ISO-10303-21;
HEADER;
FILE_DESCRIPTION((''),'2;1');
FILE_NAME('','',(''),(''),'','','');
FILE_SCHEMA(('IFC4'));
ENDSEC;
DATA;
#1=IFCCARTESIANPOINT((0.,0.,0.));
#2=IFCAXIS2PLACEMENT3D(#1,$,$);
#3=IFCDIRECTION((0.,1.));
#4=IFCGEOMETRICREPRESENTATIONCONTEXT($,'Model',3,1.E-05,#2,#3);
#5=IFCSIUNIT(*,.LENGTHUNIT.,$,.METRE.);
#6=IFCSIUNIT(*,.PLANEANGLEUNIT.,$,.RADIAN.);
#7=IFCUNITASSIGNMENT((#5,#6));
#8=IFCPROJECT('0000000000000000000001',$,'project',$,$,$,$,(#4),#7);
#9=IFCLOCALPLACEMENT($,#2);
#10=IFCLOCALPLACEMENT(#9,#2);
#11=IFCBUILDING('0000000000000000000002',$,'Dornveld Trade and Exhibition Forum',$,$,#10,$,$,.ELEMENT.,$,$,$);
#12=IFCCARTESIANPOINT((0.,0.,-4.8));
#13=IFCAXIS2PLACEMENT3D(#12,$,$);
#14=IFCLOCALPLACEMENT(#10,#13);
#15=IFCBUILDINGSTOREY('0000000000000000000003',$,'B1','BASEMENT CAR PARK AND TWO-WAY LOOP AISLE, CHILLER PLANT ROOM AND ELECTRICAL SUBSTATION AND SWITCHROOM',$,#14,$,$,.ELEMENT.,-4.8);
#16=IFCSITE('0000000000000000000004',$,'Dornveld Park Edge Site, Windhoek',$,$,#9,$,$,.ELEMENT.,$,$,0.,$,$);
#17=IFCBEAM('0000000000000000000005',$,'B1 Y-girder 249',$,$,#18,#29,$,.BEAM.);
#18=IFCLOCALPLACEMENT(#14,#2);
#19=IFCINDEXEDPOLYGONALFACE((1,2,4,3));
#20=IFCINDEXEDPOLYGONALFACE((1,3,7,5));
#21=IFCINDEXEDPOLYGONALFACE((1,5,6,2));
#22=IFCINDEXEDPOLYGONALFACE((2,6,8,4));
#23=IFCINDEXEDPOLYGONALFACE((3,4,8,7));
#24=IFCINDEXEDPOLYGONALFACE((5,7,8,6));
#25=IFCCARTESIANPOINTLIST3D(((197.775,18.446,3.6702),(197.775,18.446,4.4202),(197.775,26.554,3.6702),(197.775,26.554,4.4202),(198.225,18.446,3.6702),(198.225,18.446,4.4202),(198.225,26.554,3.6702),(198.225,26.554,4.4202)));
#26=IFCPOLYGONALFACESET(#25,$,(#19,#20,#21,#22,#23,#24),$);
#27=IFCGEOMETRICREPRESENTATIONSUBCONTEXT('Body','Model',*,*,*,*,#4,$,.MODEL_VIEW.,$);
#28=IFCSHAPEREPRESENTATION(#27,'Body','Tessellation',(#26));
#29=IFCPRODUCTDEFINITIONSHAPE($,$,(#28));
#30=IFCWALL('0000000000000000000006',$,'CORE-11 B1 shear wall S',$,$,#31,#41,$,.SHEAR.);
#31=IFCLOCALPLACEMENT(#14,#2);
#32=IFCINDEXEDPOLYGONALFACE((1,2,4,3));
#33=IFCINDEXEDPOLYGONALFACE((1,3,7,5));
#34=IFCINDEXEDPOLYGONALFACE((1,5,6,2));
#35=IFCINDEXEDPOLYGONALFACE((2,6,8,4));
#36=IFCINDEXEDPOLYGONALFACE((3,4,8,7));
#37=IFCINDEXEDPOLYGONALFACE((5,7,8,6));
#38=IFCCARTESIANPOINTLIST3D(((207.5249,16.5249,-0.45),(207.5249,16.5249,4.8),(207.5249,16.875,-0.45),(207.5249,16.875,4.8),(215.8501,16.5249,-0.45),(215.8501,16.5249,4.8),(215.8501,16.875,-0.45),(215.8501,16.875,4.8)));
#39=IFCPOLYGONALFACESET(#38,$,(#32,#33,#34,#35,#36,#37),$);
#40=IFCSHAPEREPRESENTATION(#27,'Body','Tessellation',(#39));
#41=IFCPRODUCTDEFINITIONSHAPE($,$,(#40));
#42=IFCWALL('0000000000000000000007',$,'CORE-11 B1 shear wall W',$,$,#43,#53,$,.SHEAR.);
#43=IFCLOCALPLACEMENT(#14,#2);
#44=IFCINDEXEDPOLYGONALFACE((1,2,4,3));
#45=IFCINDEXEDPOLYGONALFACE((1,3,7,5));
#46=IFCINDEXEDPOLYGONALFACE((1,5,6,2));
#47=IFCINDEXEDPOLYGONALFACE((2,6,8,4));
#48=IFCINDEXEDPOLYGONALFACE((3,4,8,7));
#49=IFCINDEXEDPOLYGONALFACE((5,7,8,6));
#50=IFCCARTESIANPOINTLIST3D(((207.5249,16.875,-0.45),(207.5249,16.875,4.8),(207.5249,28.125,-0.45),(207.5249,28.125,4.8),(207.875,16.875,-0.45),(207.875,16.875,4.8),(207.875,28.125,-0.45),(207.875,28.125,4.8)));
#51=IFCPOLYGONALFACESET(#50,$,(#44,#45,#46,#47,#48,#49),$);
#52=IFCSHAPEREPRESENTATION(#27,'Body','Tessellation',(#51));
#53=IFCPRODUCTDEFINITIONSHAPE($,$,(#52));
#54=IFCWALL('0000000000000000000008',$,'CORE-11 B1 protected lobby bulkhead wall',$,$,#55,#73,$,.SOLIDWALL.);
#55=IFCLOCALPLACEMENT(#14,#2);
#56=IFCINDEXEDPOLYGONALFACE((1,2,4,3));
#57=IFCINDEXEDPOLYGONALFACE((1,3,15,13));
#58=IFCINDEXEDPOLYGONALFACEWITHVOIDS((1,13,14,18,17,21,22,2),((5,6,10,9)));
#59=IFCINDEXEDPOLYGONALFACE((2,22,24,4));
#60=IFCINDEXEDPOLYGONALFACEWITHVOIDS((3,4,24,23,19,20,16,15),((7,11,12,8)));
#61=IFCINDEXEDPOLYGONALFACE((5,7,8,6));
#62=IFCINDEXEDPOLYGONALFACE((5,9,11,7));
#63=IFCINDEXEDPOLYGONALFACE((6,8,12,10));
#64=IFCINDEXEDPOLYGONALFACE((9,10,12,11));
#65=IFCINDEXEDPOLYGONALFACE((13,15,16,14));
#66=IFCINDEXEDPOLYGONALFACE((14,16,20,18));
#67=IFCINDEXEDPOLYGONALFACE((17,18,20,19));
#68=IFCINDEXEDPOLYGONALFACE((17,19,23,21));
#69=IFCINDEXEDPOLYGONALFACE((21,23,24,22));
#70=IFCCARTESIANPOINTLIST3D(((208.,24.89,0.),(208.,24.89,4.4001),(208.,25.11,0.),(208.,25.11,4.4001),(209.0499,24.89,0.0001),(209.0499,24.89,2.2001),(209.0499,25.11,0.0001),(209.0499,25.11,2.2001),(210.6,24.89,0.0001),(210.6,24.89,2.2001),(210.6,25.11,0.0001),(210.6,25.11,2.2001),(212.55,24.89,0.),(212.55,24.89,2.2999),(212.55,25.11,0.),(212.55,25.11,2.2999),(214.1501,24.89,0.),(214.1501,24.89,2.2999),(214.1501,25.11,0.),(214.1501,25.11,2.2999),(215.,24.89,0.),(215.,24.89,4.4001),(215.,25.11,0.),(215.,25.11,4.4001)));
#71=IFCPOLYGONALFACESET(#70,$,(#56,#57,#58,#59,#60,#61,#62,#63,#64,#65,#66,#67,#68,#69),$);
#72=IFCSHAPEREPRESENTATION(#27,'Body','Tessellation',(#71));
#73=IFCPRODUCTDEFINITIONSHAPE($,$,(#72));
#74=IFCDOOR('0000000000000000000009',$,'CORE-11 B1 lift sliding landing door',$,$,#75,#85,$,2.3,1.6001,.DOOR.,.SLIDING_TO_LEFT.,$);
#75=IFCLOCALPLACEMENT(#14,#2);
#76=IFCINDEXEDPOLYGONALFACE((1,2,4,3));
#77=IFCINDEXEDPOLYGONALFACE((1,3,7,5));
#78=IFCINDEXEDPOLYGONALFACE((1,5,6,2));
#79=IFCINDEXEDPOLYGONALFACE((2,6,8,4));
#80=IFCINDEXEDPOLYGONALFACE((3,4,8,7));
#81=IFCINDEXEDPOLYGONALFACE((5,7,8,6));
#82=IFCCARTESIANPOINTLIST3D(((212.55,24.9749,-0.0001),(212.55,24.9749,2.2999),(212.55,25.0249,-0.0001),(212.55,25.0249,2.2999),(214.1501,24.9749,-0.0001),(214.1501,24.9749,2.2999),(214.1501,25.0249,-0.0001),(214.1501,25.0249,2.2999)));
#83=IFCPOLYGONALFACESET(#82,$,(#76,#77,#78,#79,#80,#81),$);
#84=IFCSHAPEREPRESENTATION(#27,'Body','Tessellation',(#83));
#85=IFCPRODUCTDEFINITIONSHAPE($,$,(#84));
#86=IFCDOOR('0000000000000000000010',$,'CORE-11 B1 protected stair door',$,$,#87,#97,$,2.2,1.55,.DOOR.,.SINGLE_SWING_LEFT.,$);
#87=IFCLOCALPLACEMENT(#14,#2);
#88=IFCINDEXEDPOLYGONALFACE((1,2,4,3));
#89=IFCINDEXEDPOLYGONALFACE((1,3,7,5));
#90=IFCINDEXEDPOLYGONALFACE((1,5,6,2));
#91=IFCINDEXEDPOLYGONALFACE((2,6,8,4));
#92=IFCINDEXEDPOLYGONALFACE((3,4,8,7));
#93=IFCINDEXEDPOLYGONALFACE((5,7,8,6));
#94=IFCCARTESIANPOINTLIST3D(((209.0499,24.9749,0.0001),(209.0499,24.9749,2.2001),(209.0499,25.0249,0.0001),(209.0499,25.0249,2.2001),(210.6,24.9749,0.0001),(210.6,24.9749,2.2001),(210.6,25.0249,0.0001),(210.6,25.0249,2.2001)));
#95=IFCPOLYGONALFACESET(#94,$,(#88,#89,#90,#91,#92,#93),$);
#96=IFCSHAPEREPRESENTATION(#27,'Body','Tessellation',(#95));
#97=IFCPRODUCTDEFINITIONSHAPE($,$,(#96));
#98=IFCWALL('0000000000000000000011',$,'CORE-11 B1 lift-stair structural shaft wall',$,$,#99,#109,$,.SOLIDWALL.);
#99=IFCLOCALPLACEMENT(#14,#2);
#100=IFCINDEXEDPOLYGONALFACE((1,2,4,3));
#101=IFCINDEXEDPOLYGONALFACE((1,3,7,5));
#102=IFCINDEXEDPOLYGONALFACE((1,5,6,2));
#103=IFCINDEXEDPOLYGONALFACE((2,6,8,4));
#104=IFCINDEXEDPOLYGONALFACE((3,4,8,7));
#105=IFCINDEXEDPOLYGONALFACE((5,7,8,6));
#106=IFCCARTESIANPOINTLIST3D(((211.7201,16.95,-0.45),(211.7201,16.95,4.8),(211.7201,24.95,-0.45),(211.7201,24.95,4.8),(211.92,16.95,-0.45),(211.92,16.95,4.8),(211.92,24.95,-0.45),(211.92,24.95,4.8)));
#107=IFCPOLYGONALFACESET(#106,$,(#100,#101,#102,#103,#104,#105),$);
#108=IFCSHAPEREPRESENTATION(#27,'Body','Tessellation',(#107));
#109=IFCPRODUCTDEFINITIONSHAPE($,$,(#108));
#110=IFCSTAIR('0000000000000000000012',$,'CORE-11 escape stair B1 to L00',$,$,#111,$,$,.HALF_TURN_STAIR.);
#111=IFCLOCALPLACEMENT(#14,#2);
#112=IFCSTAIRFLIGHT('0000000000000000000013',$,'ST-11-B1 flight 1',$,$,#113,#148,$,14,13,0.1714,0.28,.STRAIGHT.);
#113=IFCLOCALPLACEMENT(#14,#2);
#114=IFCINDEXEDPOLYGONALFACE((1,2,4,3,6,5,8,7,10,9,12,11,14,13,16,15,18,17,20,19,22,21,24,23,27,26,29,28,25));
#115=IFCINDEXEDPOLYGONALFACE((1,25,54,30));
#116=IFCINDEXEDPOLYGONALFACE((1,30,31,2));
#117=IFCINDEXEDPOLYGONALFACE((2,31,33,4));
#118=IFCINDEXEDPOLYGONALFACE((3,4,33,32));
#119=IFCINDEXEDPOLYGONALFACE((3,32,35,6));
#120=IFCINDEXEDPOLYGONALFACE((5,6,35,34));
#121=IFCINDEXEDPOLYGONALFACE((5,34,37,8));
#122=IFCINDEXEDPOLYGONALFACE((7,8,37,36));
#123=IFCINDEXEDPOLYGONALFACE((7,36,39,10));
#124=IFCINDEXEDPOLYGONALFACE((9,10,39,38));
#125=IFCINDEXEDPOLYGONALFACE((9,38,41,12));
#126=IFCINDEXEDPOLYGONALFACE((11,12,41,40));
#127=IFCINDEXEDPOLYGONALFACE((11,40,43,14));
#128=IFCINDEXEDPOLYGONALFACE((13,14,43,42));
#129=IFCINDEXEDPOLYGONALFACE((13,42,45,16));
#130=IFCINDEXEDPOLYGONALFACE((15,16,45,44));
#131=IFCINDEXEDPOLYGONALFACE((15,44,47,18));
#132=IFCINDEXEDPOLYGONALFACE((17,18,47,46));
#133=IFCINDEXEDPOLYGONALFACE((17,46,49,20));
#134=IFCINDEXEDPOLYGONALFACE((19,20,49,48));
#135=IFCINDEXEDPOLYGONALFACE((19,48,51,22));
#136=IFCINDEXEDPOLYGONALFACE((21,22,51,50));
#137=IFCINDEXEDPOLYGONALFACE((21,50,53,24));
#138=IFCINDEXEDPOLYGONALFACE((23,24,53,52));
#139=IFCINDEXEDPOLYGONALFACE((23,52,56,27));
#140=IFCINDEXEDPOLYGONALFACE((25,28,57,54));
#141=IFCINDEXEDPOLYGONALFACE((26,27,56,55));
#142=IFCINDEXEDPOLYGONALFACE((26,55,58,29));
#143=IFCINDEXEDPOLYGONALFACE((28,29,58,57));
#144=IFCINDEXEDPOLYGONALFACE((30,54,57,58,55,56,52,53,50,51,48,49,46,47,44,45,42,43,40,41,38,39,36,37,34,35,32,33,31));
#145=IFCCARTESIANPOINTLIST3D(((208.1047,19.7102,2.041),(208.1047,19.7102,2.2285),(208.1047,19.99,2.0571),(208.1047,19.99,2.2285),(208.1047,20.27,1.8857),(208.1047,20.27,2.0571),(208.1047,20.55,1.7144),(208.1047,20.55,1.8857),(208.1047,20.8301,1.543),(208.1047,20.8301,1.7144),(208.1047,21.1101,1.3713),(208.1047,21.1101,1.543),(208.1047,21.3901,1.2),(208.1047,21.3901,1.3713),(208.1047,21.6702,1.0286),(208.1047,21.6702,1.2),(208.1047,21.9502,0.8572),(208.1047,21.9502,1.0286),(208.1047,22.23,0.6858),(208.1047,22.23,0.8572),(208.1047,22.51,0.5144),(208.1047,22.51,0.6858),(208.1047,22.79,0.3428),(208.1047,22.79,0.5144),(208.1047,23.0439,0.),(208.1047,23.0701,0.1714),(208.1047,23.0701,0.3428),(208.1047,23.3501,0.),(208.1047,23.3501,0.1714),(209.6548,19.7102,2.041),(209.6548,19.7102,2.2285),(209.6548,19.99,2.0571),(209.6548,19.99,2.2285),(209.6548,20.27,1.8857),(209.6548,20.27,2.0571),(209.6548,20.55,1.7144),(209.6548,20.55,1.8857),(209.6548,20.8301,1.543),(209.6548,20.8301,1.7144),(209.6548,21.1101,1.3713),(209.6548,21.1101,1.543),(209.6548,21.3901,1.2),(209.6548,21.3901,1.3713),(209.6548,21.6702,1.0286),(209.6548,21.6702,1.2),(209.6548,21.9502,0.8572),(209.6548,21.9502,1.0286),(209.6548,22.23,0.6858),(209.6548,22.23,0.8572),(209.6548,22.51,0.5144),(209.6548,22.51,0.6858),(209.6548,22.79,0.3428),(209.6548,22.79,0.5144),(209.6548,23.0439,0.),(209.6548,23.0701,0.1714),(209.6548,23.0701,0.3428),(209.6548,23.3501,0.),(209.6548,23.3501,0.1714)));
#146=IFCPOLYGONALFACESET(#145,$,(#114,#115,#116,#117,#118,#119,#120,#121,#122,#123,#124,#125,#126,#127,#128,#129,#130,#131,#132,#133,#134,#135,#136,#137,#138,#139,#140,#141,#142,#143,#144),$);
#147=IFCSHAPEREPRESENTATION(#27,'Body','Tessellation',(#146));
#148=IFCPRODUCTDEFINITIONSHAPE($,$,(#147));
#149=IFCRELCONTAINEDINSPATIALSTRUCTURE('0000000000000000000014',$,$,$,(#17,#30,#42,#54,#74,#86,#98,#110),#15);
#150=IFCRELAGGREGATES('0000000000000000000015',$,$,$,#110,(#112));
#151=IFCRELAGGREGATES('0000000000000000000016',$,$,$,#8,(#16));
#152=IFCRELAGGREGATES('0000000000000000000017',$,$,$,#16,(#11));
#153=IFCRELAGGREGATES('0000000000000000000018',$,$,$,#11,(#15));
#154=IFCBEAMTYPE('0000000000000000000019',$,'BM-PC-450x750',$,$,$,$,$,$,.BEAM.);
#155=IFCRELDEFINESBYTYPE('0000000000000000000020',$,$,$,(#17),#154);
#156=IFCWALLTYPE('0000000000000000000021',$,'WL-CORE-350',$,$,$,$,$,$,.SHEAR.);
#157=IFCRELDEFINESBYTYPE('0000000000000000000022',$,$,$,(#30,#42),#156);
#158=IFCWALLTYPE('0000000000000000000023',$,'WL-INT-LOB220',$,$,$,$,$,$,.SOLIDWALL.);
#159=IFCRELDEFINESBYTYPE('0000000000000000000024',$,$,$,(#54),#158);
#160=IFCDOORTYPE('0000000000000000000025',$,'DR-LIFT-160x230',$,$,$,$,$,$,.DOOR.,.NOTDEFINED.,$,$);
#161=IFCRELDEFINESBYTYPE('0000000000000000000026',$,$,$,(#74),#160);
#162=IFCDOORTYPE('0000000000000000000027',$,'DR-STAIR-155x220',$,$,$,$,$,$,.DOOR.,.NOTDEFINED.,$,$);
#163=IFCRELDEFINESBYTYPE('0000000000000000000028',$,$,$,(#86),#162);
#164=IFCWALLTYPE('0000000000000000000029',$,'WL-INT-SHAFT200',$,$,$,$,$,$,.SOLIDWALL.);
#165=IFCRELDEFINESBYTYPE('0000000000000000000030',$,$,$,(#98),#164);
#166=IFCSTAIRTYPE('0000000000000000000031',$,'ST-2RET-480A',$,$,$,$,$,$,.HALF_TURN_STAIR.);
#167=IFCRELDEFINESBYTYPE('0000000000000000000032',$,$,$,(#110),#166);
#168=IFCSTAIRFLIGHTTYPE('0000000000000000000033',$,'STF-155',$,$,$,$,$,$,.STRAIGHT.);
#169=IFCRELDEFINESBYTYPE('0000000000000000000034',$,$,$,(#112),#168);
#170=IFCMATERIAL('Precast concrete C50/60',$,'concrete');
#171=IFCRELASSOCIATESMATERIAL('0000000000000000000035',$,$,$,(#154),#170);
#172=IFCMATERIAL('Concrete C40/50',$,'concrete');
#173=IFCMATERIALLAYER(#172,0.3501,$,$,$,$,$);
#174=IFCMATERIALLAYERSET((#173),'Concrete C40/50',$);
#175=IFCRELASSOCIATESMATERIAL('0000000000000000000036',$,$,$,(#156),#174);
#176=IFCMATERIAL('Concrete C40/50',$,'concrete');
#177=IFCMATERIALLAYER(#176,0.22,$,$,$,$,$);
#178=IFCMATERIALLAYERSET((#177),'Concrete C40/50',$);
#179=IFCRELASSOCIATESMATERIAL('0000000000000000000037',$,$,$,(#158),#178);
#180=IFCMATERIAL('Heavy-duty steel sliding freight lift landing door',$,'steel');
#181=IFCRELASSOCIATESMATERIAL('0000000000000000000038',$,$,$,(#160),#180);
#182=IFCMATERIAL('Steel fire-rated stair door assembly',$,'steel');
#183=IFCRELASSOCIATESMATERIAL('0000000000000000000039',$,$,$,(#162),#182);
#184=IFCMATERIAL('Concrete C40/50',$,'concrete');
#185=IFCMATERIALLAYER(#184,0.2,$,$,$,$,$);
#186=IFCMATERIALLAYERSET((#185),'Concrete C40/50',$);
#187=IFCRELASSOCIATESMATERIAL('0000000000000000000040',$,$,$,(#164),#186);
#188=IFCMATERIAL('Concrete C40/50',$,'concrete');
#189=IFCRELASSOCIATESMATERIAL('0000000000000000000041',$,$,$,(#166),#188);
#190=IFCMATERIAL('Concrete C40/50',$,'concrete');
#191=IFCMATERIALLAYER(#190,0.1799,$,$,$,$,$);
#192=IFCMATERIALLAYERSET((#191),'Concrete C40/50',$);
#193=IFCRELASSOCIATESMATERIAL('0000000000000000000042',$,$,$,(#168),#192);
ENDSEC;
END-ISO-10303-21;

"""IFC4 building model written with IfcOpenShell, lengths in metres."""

from ifc_helpers import new_model, si_unit, direction, frame, frame_2d, origin, origin_2d, place, context, subcontext, project, spatial, polyline, rectangle, outline, extrude, material, layer, layer_set, material_profile, profile_set, type_object, element, fill, aggregate, save


model = new_model("IFC4")

# Units and contexts
model_context = context("Model", 3, precision=1e-05, world=origin(), true_north=direction((0.0, 1.0)))
body_context = subcontext(model_context, "Body", "Model", "MODEL_VIEW")
ifc_project = project(units=[si_unit("LENGTHUNIT", "METRE"), si_unit("PLANEANGLEUNIT", "RADIAN")], contexts=[model_context])

# Site, building, storey
site_placement = place(None, origin())
site = spatial("IfcSite", under=ifc_project, at=site_placement, Name="Dornveld Park Edge Site, Windhoek", CompositionType="ELEMENT", RefElevation=0.0)
building_placement = place(site_placement, origin())
building = spatial("IfcBuilding", under=site, at=building_placement, Name="Dornveld Trade and Exhibition Forum", CompositionType="ELEMENT")
storey_placement = place(building_placement, frame((0.0, 0.0, -4.8)))
storey = spatial("IfcBuildingStorey", under=building, at=storey_placement, Name="B1", Description="BASEMENT CAR PARK AND TWO-WAY LOOP AISLE, CHILLER PLANT ROOM AND ELECTRICAL SUBSTATION AND SWITCHROOM", CompositionType="ELEMENT", Elevation=-4.8)

# Beam
ifc_material_1 = material(Name="Precast concrete C50/60", Category="concrete")
ifc_material_profile_1 = material_profile(ifc_material_1, rectangle(XDim=0.45, YDim=0.75, at=origin_2d()), Name="PC-BM 450x750")
ifc_profile_set_1 = profile_set([ifc_material_profile_1], Name="Precast concrete C50/60")
beam_type = type_object("IfcBeamType", Name="BM-PC-450x750", PredefinedType="BEAM", material=ifc_profile_set_1)
beam_placement = place(storey_placement, frame((198.0, 18.446, 4.0452), z_axis=(0.0, 1.0, 0.0), x_axis=(-1.0, 0.0, 0.0)))
element("IfcBeam", 1, at=beam_placement, inside=storey, type_object=beam_type, Name="B1 Y-girder 249", PredefinedType="BEAM", context=body_context, shape_type="SweptSolid", body=[
    extrude(rectangle(XDim=0.45, YDim=0.75, at=origin_2d()), origin(), (0.0, 0.0, 1.0), 8.1079),
])

# Walls
ifc_material_2 = material(Name="Concrete C40/50", Category="concrete")
ifc_layer_1 = layer(ifc_material_2, 0.3501)
ifc_layer_set_1 = layer_set([ifc_layer_1], Name="Concrete C40/50")
wall_type_1 = type_object("IfcWallType", Name="WL-CORE-350", PredefinedType="SHEAR", material=ifc_layer_set_1)
wall_1_placement = place(storey_placement, frame((207.5249, 16.7, -0.45), z_axis=(0.0, 0.0, 1.0), x_axis=(1.0, 0.0, 0.0)))
element("IfcWall", 2, at=wall_1_placement, inside=storey, type_object=wall_type_1, Name="CORE-11 B1 shear wall S", PredefinedType="SHEAR", context=body_context, shape_type="SweptSolid", body=[
    extrude(rectangle(XDim=8.3252, YDim=0.3501, at=frame_2d((4.1626, 0.0))), origin(), (0.0, 0.0, 1.0), 5.25),
])
wall_2_placement = place(storey_placement, frame((207.7, 16.875, -0.45), z_axis=(0.0, 0.0, 1.0), x_axis=(0.0, 1.0, 0.0)))
element("IfcWall", 3, at=wall_2_placement, inside=storey, type_object=wall_type_1, Name="CORE-11 B1 shear wall W", PredefinedType="SHEAR", context=body_context, shape_type="SweptSolid", body=[
    extrude(rectangle(XDim=11.25, YDim=0.3501, at=frame_2d((5.625, 0.0))), origin(), (0.0, 0.0, 1.0), 5.25),
])

# Wall, openings, doors
ifc_material_3 = material(Name="Concrete C40/50", Category="concrete")
ifc_layer_2 = layer(ifc_material_3, 0.22)
ifc_layer_set_2 = layer_set([ifc_layer_2], Name="Concrete C40/50")
wall_type_2 = type_object("IfcWallType", Name="WL-INT-LOB220", PredefinedType="SOLIDWALL", material=ifc_layer_set_2)
wall_3_placement = place(storey_placement, frame((208.0, 25.0, 0.0), z_axis=(0.0, 0.0, 1.0), x_axis=(1.0, 0.0, 0.0)))
wall_3 = element("IfcWall", 4, at=wall_3_placement, inside=storey, type_object=wall_type_2, Name="CORE-11 B1 protected lobby bulkhead wall", PredefinedType="SOLIDWALL", context=body_context, shape_type="SweptSolid", body=[
    extrude(rectangle(XDim=7.0, YDim=0.22, at=frame_2d((3.5, 0.0))), origin(), (0.0, 0.0, 1.0), 4.4001),
])
opening_1_placement = place(wall_3_placement, frame((1.05, 0.0, 0.0)))
opening_1 = element("IfcOpeningElement", 5, at=opening_1_placement, cuts=wall_3, PredefinedType="OPENING", context=body_context, shape_type="SweptSolid", body=[
    extrude(rectangle(XDim=1.55, YDim=2.2, at=frame_2d((0.7749, 1.1001))), frame((0.0, 0.1199, 0.0), z_axis=(0.0, -1.0, 0.0), x_axis=(1.0, 0.0, 0.0)), (0.0, 0.0, 1.0), 0.24),
])
opening_2_placement = place(wall_3_placement, frame((4.55, 0.0, 0.0)))
opening_2 = element("IfcOpeningElement", 6, at=opening_2_placement, cuts=wall_3, PredefinedType="OPENING", context=body_context, shape_type="SweptSolid", body=[
    extrude(rectangle(XDim=1.6001, YDim=2.3, at=frame_2d((0.8, 1.1499))), frame((0.0, 0.1199, 0.0), z_axis=(0.0, -1.0, 0.0), x_axis=(1.0, 0.0, 0.0)), (0.0, 0.0, 1.0), 0.24),
])
ifc_material_4 = material(Name="Heavy-duty steel sliding freight lift landing door", Category="steel")
door_type_1 = type_object("IfcDoorType", Name="DR-LIFT-160x230", OperationType="NOTDEFINED", PredefinedType="DOOR", material=ifc_material_4)
door_1_placement = place(opening_2_placement, origin())
door_1 = element("IfcDoor", 7, at=door_1_placement, inside=storey, type_object=door_type_1, Name="CORE-11 B1 lift sliding landing door", OperationType="SLIDING_TO_LEFT", OverallHeight=2.3, OverallWidth=1.6001, PredefinedType="DOOR", context=body_context, shape_type="SweptSolid", body=[
    extrude(rectangle(XDim=1.6001, YDim=2.3, at=frame_2d((0.8, 1.1499))), frame((0.0, 0.0249, 0.0), z_axis=(0.0, -1.0, 0.0), x_axis=(1.0, 0.0, 0.0)), (0.0, 0.0, 1.0), 0.05),
])
fill(opening_2, door_1)
ifc_material_5 = material(Name="Steel fire-rated stair door assembly", Category="steel")
door_type_2 = type_object("IfcDoorType", Name="DR-STAIR-155x220", OperationType="NOTDEFINED", PredefinedType="DOOR", material=ifc_material_5)
door_2_placement = place(opening_1_placement, origin())
door_2 = element("IfcDoor", 8, at=door_2_placement, inside=storey, type_object=door_type_2, Name="CORE-11 B1 protected stair door", OperationType="SINGLE_SWING_LEFT", OverallHeight=2.2, OverallWidth=1.55, PredefinedType="DOOR", context=body_context, shape_type="SweptSolid", body=[
    extrude(rectangle(XDim=1.55, YDim=2.2, at=frame_2d((0.7749, 1.1001))), frame((0.0, 0.0249, 0.0), z_axis=(0.0, -1.0, 0.0), x_axis=(1.0, 0.0, 0.0)), (0.0, 0.0, 1.0), 0.05),
])
fill(opening_1, door_2)

# Wall
ifc_material_6 = material(Name="Concrete C40/50", Category="concrete")
ifc_layer_3 = layer(ifc_material_6, 0.2)
ifc_layer_set_3 = layer_set([ifc_layer_3], Name="Concrete C40/50")
wall_type_3 = type_object("IfcWallType", Name="WL-INT-SHAFT200", PredefinedType="SOLIDWALL", material=ifc_layer_set_3)
wall_4_placement = place(storey_placement, frame((211.8201, 16.95, -0.45), z_axis=(0.0, 0.0, 1.0), x_axis=(0.0, 1.0, 0.0)))
element("IfcWall", 9, at=wall_4_placement, inside=storey, type_object=wall_type_3, Name="CORE-11 B1 lift-stair structural shaft wall", PredefinedType="SOLIDWALL", context=body_context, shape_type="SweptSolid", body=[
    extrude(rectangle(XDim=8.0, YDim=0.2, at=frame_2d((4.0, 0.0))), origin(), (0.0, 0.0, 1.0), 5.25),
])

# Stair, stair flight
ifc_material_7 = material(Name="Concrete C40/50", Category="concrete")
stair_type = type_object("IfcStairType", Name="ST-2RET-480A", PredefinedType="HALF_TURN_STAIR", material=ifc_material_7)
stair_placement = place(storey_placement, origin())
stair = element("IfcStair", 10, at=stair_placement, inside=storey, type_object=stair_type, Name="CORE-11 escape stair B1 to L00", PredefinedType="HALF_TURN_STAIR")
ifc_material_8 = material(Name="Concrete C40/50", Category="concrete")
ifc_layer_4 = layer(ifc_material_8, 0.1799)
ifc_layer_set_4 = layer_set([ifc_layer_4], Name="Concrete C40/50")
stair_flight_type = type_object("IfcStairFlightType", Name="STF-155", PredefinedType="STRAIGHT", material=ifc_layer_set_4)
stair_flight_1_placement = place(storey_placement, frame((208.8799, 23.3501, 0.0), z_axis=(0.0, 0.0, 1.0), x_axis=(0.0, -1.0, 0.0)))
stair_flight_1 = element("IfcStairFlight", 11, at=stair_flight_1_placement, type_object=stair_flight_type, Name="ST-11-B1 flight 1", NumberOfRisers=14, NumberOfTreads=13, PredefinedType="STRAIGHT", RiserHeight=0.1714, TreadLength=0.28, context=body_context, shape_type="SweptSolid", body=[
    extrude(outline(polyline([(0.0, 0.0), (0.0, 0.1714), (0.28, 0.1714), (0.28, 0.3428), (0.5601, 0.3428), (0.5601, 0.5144), (0.8401, 0.5144), (0.8401, 0.6858), (1.1201, 0.6858), (1.1201, 0.8572), (1.3999, 0.8572), (1.3999, 1.0286), (1.6799, 1.0286), (1.6799, 1.2), (1.96, 1.2), (1.96, 1.3713), (2.24, 1.3713), (2.24, 1.543), (2.52, 1.543), (2.52, 1.7144), (2.8, 1.7144), (2.8, 1.8857), (3.0801, 1.8857), (3.0801, 2.0571), (3.3601, 2.0571), (3.3601, 2.2285), (3.6399, 2.2285), (3.6399, 2.3999), (3.6399, 2.041), (0.3062, 0.0), (0.0, 0.0)])), frame((0.0, 0.7749, 0.0), z_axis=(0.0, -1.0, 0.0), x_axis=(1.0, 0.0, 0.0)), (0.0, 0.0, 1.0), 1.55),
])
aggregate(stair, [stair_flight_1])

save(model, "model.ifc")
